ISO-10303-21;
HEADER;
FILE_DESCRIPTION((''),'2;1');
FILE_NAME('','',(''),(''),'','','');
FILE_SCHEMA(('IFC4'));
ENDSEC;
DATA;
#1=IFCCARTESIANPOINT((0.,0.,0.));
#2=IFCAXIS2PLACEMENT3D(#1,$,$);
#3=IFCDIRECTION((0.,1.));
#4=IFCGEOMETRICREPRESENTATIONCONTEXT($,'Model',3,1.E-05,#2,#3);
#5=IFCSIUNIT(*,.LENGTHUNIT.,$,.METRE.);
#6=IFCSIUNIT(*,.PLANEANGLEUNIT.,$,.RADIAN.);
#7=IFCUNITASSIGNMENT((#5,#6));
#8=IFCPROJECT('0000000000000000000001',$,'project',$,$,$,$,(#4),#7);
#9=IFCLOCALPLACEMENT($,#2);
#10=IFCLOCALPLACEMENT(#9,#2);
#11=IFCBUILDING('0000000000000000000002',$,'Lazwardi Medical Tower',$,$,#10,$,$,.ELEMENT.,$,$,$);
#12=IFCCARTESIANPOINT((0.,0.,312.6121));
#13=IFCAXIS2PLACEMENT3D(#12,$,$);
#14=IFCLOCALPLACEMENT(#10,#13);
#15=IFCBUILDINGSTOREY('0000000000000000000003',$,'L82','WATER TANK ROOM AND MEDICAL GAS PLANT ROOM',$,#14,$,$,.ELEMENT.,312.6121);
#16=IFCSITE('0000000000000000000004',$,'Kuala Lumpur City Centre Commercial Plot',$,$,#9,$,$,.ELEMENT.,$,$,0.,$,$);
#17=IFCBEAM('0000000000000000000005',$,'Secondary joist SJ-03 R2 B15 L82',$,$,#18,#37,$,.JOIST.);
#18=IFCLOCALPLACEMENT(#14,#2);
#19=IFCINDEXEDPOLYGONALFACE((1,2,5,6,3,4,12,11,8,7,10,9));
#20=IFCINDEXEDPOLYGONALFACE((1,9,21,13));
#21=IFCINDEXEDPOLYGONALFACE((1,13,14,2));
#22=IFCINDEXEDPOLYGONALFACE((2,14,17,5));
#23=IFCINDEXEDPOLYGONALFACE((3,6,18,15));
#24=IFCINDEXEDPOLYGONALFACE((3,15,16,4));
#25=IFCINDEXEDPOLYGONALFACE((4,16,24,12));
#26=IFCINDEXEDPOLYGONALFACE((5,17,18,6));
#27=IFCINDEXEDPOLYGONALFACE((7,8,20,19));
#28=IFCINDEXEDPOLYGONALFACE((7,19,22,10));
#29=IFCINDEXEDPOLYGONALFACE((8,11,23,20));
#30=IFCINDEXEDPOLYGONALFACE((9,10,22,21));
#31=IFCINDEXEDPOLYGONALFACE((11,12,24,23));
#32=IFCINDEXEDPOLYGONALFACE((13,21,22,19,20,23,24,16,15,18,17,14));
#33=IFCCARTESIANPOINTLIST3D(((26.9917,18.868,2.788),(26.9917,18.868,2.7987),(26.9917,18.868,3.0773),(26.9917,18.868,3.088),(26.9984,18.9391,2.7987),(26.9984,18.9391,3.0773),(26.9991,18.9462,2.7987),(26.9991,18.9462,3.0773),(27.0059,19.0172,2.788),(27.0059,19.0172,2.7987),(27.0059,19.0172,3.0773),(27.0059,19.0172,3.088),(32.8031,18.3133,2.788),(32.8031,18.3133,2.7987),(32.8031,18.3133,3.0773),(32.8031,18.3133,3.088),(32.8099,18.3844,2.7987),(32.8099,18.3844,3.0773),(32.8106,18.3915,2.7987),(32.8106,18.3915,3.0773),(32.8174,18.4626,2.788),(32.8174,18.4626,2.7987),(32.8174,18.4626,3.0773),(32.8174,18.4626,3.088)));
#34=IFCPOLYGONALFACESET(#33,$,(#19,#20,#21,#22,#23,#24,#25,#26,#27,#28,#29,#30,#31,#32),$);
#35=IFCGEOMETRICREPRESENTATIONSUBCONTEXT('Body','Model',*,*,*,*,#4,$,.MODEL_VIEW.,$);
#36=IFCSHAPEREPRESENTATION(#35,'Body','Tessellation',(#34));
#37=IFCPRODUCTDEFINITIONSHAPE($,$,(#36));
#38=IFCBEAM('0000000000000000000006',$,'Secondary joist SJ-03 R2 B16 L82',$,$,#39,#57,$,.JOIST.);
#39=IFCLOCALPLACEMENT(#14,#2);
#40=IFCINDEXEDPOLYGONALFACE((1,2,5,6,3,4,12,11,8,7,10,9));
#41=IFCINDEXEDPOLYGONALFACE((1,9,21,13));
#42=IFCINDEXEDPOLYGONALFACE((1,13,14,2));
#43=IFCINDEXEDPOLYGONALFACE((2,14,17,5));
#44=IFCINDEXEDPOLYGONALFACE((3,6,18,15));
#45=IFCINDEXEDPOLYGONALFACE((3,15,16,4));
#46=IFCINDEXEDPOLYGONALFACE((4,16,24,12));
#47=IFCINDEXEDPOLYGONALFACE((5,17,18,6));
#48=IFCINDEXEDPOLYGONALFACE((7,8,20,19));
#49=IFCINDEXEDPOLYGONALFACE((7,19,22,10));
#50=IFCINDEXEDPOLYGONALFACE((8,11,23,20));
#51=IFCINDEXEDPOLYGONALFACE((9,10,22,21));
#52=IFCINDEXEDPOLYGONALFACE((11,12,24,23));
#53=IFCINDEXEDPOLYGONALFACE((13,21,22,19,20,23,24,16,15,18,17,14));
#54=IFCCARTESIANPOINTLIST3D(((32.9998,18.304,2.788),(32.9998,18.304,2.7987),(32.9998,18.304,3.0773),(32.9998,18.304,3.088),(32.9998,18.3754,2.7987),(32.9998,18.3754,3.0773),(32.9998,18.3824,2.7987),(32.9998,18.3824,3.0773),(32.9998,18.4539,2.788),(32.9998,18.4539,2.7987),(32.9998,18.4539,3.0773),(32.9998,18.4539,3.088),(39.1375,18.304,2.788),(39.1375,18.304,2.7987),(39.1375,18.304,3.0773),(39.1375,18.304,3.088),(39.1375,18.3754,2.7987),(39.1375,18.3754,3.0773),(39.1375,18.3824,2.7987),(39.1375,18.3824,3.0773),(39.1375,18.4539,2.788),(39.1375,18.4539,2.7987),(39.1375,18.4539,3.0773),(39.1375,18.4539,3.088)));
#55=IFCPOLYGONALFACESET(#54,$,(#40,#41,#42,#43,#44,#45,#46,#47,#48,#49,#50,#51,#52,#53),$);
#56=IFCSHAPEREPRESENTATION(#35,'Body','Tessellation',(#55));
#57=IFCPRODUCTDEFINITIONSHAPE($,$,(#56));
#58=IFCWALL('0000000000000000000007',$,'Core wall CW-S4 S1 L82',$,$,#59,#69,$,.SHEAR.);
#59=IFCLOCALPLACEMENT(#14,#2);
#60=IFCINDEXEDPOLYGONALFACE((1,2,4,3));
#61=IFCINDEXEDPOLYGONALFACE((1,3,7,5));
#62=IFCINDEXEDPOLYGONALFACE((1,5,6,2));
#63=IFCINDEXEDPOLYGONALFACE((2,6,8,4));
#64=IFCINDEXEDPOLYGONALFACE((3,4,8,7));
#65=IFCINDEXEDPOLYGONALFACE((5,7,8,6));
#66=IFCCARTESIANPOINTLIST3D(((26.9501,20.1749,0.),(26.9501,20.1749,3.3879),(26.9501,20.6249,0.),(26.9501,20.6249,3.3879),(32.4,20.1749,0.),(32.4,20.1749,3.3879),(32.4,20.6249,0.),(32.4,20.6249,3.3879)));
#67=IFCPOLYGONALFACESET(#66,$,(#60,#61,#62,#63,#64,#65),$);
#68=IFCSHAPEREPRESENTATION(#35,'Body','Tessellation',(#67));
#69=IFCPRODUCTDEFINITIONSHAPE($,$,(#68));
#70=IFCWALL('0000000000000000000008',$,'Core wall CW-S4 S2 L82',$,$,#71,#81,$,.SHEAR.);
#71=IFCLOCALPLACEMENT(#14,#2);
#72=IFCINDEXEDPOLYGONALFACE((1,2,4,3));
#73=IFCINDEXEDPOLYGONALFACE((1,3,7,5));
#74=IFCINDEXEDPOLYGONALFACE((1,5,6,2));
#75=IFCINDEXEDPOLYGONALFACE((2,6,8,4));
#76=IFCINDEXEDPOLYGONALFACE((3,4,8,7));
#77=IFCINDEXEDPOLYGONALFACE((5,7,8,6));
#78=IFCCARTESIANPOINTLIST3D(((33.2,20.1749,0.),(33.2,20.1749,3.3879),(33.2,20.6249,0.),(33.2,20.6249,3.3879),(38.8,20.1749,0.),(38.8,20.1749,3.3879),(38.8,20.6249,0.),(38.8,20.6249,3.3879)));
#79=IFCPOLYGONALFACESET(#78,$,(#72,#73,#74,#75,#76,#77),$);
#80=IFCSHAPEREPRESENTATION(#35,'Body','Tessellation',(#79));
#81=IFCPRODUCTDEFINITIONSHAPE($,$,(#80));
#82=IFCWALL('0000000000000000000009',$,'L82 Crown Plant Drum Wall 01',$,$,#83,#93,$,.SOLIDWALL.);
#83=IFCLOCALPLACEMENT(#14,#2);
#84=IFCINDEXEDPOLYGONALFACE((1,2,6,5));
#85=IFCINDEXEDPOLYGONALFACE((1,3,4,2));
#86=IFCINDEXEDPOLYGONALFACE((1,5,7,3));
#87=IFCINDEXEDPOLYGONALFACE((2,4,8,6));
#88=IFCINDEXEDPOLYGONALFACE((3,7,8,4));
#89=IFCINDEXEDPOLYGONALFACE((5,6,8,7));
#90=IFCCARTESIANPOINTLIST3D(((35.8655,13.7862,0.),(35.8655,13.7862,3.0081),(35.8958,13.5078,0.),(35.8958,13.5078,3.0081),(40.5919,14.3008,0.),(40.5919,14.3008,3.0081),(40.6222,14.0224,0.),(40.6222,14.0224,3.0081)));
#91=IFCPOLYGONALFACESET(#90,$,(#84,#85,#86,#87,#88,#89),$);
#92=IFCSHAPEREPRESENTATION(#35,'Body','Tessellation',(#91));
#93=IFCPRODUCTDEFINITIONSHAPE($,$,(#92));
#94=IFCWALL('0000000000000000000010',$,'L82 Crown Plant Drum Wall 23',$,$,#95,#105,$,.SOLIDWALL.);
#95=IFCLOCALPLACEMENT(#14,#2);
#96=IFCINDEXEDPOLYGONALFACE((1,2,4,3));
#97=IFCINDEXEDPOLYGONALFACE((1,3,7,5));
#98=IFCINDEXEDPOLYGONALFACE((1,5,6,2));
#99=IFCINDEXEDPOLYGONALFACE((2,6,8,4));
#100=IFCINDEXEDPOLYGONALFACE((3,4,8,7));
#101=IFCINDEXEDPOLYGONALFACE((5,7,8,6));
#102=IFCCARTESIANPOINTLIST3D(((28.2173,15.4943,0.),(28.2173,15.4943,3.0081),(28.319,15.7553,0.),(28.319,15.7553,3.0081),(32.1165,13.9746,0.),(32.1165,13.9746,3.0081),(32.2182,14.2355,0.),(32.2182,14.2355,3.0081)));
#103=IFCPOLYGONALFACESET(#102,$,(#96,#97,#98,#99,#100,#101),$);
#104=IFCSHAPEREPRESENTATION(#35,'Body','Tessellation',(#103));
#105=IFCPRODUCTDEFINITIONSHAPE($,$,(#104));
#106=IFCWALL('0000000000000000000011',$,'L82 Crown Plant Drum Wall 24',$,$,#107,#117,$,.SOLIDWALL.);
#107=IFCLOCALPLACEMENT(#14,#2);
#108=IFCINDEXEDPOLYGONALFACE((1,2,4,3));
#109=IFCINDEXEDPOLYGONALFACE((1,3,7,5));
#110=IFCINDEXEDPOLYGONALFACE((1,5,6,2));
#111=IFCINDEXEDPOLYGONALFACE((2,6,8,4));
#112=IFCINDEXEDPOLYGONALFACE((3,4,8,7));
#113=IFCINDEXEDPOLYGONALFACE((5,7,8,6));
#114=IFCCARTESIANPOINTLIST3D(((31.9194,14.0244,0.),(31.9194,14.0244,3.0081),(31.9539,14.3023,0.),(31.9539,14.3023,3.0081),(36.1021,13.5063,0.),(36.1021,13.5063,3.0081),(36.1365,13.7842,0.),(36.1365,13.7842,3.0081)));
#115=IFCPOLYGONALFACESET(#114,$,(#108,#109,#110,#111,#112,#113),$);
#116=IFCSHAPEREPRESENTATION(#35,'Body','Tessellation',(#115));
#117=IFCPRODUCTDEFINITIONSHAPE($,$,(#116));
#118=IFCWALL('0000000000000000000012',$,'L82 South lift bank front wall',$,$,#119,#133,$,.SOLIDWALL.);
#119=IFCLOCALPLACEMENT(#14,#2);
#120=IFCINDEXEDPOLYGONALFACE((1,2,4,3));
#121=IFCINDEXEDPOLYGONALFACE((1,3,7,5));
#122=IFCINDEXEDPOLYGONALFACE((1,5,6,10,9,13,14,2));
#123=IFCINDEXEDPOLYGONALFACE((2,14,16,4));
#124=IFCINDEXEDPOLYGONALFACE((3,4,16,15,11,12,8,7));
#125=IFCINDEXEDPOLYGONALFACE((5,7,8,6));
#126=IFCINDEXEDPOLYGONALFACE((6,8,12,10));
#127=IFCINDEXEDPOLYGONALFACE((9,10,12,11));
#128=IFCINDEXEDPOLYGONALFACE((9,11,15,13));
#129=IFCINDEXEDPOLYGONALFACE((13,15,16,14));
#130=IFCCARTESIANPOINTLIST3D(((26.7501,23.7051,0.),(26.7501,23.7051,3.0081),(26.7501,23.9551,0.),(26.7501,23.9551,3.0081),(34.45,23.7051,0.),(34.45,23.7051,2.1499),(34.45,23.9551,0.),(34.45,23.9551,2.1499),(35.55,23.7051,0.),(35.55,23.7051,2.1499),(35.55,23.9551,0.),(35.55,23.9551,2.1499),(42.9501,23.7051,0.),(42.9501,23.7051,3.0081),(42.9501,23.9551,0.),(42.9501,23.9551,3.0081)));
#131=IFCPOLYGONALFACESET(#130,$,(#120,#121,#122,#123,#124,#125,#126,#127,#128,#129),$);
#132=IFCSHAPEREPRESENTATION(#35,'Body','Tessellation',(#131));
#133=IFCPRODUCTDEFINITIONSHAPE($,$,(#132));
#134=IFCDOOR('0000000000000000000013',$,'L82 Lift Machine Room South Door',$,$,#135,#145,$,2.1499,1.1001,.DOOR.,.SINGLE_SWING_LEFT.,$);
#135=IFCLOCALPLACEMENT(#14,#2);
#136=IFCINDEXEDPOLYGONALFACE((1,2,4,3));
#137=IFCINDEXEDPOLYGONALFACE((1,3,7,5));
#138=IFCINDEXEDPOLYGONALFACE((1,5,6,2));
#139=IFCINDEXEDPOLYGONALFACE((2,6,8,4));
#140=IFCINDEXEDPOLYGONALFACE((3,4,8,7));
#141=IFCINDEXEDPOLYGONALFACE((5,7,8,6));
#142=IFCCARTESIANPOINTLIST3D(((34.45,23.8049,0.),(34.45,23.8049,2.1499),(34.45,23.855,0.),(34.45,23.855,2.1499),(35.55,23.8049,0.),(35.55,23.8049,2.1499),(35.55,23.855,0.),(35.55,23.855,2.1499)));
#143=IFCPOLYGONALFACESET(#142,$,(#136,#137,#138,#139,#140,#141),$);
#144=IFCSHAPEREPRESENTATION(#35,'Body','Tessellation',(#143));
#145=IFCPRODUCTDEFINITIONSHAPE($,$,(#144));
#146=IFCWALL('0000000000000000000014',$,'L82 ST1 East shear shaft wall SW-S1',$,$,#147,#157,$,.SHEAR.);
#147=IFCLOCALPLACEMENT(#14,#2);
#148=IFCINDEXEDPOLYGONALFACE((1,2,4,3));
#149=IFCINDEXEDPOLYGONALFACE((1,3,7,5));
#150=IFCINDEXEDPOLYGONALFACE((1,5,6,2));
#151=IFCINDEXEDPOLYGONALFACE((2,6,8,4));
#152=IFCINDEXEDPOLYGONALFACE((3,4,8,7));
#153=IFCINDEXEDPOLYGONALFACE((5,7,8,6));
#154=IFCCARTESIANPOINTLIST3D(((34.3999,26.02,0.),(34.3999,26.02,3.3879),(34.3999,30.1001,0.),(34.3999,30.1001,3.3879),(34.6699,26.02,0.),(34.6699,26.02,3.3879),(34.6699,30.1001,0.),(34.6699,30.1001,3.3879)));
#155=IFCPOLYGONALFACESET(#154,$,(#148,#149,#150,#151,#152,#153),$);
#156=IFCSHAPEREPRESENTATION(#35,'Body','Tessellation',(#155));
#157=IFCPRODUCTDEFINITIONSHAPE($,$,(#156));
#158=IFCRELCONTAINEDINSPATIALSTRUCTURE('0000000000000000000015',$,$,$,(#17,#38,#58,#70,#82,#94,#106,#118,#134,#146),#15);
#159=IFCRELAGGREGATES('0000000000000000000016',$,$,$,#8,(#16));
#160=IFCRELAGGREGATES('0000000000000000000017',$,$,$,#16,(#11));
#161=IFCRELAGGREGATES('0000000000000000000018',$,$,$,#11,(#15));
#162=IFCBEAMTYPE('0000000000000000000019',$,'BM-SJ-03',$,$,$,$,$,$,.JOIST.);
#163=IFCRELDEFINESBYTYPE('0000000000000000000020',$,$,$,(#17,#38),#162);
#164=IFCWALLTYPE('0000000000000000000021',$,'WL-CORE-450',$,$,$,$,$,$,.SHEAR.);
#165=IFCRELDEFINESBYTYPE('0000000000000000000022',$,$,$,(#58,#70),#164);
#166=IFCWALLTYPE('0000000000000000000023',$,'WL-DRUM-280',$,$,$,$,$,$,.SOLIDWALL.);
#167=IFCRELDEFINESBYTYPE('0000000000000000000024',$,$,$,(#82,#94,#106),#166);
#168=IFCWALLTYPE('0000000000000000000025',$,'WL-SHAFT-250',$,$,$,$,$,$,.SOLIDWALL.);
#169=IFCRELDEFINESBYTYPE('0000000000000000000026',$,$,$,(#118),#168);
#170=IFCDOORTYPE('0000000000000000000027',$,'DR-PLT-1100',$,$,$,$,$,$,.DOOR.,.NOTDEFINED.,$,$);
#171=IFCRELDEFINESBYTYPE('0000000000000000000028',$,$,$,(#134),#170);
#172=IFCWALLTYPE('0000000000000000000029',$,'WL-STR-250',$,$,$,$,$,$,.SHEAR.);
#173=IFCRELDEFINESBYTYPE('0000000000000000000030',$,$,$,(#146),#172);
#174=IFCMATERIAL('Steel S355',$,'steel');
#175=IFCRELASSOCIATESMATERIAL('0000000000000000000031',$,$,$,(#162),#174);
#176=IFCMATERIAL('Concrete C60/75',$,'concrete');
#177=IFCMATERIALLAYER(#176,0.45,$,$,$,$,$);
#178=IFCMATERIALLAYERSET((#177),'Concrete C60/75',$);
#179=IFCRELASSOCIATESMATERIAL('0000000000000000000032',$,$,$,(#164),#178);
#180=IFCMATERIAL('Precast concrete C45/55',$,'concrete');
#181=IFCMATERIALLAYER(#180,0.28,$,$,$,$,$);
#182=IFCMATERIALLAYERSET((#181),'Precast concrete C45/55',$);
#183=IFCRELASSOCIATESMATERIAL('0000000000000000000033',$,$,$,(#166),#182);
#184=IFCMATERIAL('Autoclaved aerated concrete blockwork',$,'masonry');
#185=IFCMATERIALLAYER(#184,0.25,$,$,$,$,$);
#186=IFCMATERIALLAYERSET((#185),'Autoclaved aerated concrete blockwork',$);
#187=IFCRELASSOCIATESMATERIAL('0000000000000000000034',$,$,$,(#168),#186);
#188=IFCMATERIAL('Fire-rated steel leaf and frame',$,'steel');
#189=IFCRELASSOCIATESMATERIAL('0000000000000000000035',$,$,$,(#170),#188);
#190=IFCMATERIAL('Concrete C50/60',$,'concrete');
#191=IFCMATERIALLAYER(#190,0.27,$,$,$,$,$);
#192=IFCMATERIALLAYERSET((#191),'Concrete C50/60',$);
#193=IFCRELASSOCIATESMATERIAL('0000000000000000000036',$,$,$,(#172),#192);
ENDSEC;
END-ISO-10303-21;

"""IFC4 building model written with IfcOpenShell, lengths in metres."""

from ifc_helpers import new_model, si_unit, direction, frame, frame_2d, origin, origin_2d, place, context, subcontext, project, spatial, rectangle, i_section, extrude, material, layer, layer_set, material_profile, profile_set, type_object, element, fill, save


model = new_model("IFC4")

# Units and contexts
model_context = context("Model", 3, precision=1e-05, world=origin(), true_north=direction((0.0, 1.0)))
body_context = subcontext(model_context, "Body", "Model", "MODEL_VIEW")
ifc_project = project(units=[si_unit("LENGTHUNIT", "METRE"), si_unit("PLANEANGLEUNIT", "RADIAN")], contexts=[model_context])

# Site, building, storey
site_placement = place(None, origin())
site = spatial("IfcSite", under=ifc_project, at=site_placement, Name="Kuala Lumpur City Centre Commercial Plot", CompositionType="ELEMENT", RefElevation=0.0)
building_placement = place(site_placement, origin())
building = spatial("IfcBuilding", under=site, at=building_placement, Name="Lazwardi Medical Tower", CompositionType="ELEMENT")
storey_placement = place(building_placement, frame((0.0, 0.0, 312.6121)))
storey = spatial("IfcBuildingStorey", under=building, at=storey_placement, Name="L82", Description="WATER TANK ROOM AND MEDICAL GAS PLANT ROOM", CompositionType="ELEMENT", Elevation=312.6121)

# Shared definitions
ifc_material_1 = material(Name="Concrete C60/75", Category="concrete")

# Beams
ifc_material_2 = material(Name="Steel S355", Category="steel")
ifc_material_profile_1 = material_profile(ifc_material_2, i_section(OverallWidth=0.1499, OverallDepth=0.3, WebThickness=0.0071, FlangeThickness=0.0107, at=origin_2d()), Name="IPE 300")
ifc_profile_set_1 = profile_set([ifc_material_profile_1], Name="Steel S355")
beam_type_1 = type_object("IfcBeamType", Name="BM-SJ-03", PredefinedType="JOIST", material=ifc_profile_set_1)
beam_1_placement = place(storey_placement, frame((26.9988, 18.9426, 2.938), z_axis=(0.995476, -0.095014, 0.0), x_axis=(0.095014, 0.995476, 0.0)))
element("IfcBeam", 1, at=beam_1_placement, inside=storey, type_object=beam_type_1, Name="Secondary joist SJ-03 R2 B15 L82", PredefinedType="JOIST", context=body_context, shape_type="SweptSolid", body=[
    extrude(i_section(OverallWidth=0.1499, OverallDepth=0.3, WebThickness=0.0071, FlangeThickness=0.0107, at=origin_2d()), origin(), (0.0, 0.0, 1.0), 5.8379),
])
beam_2_placement = place(storey_placement, frame((32.9998, 18.3789, 2.938), z_axis=(1.0, 0.0, 0.0), x_axis=(0.0, 1.0, 0.0)))
element("IfcBeam", 2, at=beam_2_placement, inside=storey, type_object=beam_type_1, Name="Secondary joist SJ-03 R2 B16 L82", PredefinedType="JOIST", context=body_context, shape_type="SweptSolid", body=[
    extrude(i_section(OverallWidth=0.1499, OverallDepth=0.3, WebThickness=0.0071, FlangeThickness=0.0107, at=origin_2d()), origin(), (0.0, 0.0, 1.0), 6.1377),
])

# Walls
ifc_layer_1 = layer(ifc_material_1, 0.45)
ifc_layer_set_1 = layer_set([ifc_layer_1], Name="Concrete C60/75")
wall_type_1 = type_object("IfcWallType", Name="WL-CORE-450", PredefinedType="SHEAR", material=ifc_layer_set_1)
wall_1_placement = place(storey_placement, frame((26.95, 20.3999, 0.0), z_axis=(0.0, 0.0, 1.0), x_axis=(1.0, 0.0, 0.0)))
element("IfcWall", 3, at=wall_1_placement, inside=storey, type_object=wall_type_1, Name="Core wall CW-S4 S1 L82", PredefinedType="SHEAR", context=body_context, shape_type="SweptSolid", body=[
    extrude(rectangle(XDim=5.45, YDim=0.45, at=frame_2d((2.7251, 0.0))), origin(), (0.0, 0.0, 1.0), 3.3879),
])
wall_2_placement = place(storey_placement, frame((33.2, 20.3999, 0.0), z_axis=(0.0, 0.0, 1.0), x_axis=(1.0, 0.0, 0.0)))
element("IfcWall", 4, at=wall_2_placement, inside=storey, type_object=wall_type_1, Name="Core wall CW-S4 S2 L82", PredefinedType="SHEAR", context=body_context, shape_type="SweptSolid", body=[
    extrude(rectangle(XDim=5.6001, YDim=0.45, at=frame_2d((2.8, 0.0))), origin(), (0.0, 0.0, 1.0), 3.3879),
])
ifc_material_3 = material(Name="Precast concrete C45/55", Category="concrete")
ifc_layer_2 = layer(ifc_material_3, 0.28)
ifc_layer_set_2 = layer_set([ifc_layer_2], Name="Precast concrete C45/55")
wall_type_2 = type_object("IfcWallType", Name="WL-DRUM-280", PredefinedType="SOLIDWALL", material=ifc_layer_set_2)
wall_3_placement = place(storey_placement, frame((35.8806, 13.647, 0.0), z_axis=(0.0, 0.0, 1.0), x_axis=(0.994124, 0.108245, 0.0)))
element("IfcWall", 5, at=wall_3_placement, inside=storey, type_object=wall_type_2, Name="L82 Crown Plant Drum Wall 01", PredefinedType="SOLIDWALL", context=body_context, shape_type="SweptSolid", body=[
    extrude(rectangle(XDim=4.7544, YDim=0.28, at=frame_2d((2.3772, 0.0))), origin(), (0.0, 0.0, 1.0), 3.0081),
])
wall_4_placement = place(storey_placement, frame((28.2683, 15.6248, 0.0), z_axis=(0.0, 0.0, 1.0), x_axis=(0.931727, -0.363158, 0.0)))
element("IfcWall", 6, at=wall_4_placement, inside=storey, type_object=wall_type_2, Name="L82 Crown Plant Drum Wall 23", PredefinedType="SOLIDWALL", context=body_context, shape_type="SweptSolid", body=[
    extrude(rectangle(XDim=4.1848, YDim=0.28, at=frame_2d((2.0923, 0.0))), origin(), (0.0, 0.0, 1.0), 3.0081),
])
wall_5_placement = place(storey_placement, frame((31.9365, 14.1633, 0.0), z_axis=(0.0, 0.0, 1.0), x_axis=(0.992416, -0.122922, 0.0)))
element("IfcWall", 7, at=wall_5_placement, inside=storey, type_object=wall_type_2, Name="L82 Crown Plant Drum Wall 24", PredefinedType="SOLIDWALL", context=body_context, shape_type="SweptSolid", body=[
    extrude(rectangle(XDim=4.2146, YDim=0.28, at=frame_2d((2.1074, 0.0))), origin(), (0.0, 0.0, 1.0), 3.0081),
])

# Wall, opening, door
ifc_material_4 = material(Name="Autoclaved aerated concrete blockwork", Category="masonry")
ifc_layer_3 = layer(ifc_material_4, 0.25)
ifc_layer_set_3 = layer_set([ifc_layer_3], Name="Autoclaved aerated concrete blockwork")
wall_type_3 = type_object("IfcWallType", Name="WL-SHAFT-250", PredefinedType="SOLIDWALL", material=ifc_layer_set_3)
wall_6_placement = place(storey_placement, frame((26.75, 23.8301, 0.0), z_axis=(0.0, 0.0, 1.0), x_axis=(1.0, 0.0, 0.0)))
wall_6 = element("IfcWall", 8, at=wall_6_placement, inside=storey, type_object=wall_type_3, Name="L82 South lift bank front wall", PredefinedType="SOLIDWALL", context=body_context, shape_type="SweptSolid", body=[
    extrude(rectangle(XDim=16.2, YDim=0.25, at=frame_2d((8.1001, 0.0))), origin(), (0.0, 0.0, 1.0), 3.0081),
])
opening_1_placement = place(wall_6_placement, frame((7.7, 0.0, 0.0)))
opening_1 = element("IfcOpeningElement", 9, at=opening_1_placement, cuts=wall_6, PredefinedType="OPENING", context=body_context, shape_type="SweptSolid", body=[
    extrude(rectangle(XDim=1.1001, YDim=2.1499, at=frame_2d((0.55, 1.075))), frame((0.0, 0.135, 0.0), z_axis=(0.0, -1.0, 0.0), x_axis=(1.0, 0.0, 0.0)), (0.0, 0.0, 1.0), 0.27),
])
ifc_material_5 = material(Name="Fire-rated steel leaf and frame", Category="steel")
door_type_1 = type_object("IfcDoorType", Name="DR-PLT-1100", OperationType="NOTDEFINED", PredefinedType="DOOR", material=ifc_material_5)
door_1_placement = place(opening_1_placement, origin())
door_1 = element("IfcDoor", 10, at=door_1_placement, inside=storey, type_object=door_type_1, Name="L82 Lift Machine Room South Door", OperationType="SINGLE_SWING_LEFT", OverallHeight=2.1499, OverallWidth=1.1001, PredefinedType="DOOR", context=body_context, shape_type="SweptSolid", body=[
    extrude(rectangle(XDim=1.1001, YDim=2.1499, at=frame_2d((0.55, 1.075))), frame((0.0, 0.0249, 0.0), z_axis=(0.0, -1.0, 0.0), x_axis=(1.0, 0.0, 0.0)), (0.0, 0.0, 1.0), 0.05),
])
fill(opening_1, door_1)
ifc_material_6 = material(Name="Concrete C50/60", Category="concrete")
ifc_layer_4 = layer(ifc_material_6, 0.27)
ifc_layer_set_4 = layer_set([ifc_layer_4], Name="Concrete C50/60")
wall_type_4 = type_object("IfcWallType", Name="WL-STR-250", PredefinedType="SHEAR", material=ifc_layer_set_4)

# Wall
wall_7_placement = place(storey_placement, frame((34.5349, 26.02, 0.0), z_axis=(0.0, 0.0, 1.0), x_axis=(0.0, 1.0, 0.0)))
element("IfcWall", 11, at=wall_7_placement, inside=storey, type_object=wall_type_4, Name="L82 ST1 East shear shaft wall SW-S1", PredefinedType="SHEAR", context=body_context, shape_type="SweptSolid", body=[
    extrude(rectangle(XDim=4.0801, YDim=0.27, at=frame_2d((2.04, 0.0))), origin(), (0.0, 0.0, 1.0), 3.3879),
])

save(model, "model.ifc")
